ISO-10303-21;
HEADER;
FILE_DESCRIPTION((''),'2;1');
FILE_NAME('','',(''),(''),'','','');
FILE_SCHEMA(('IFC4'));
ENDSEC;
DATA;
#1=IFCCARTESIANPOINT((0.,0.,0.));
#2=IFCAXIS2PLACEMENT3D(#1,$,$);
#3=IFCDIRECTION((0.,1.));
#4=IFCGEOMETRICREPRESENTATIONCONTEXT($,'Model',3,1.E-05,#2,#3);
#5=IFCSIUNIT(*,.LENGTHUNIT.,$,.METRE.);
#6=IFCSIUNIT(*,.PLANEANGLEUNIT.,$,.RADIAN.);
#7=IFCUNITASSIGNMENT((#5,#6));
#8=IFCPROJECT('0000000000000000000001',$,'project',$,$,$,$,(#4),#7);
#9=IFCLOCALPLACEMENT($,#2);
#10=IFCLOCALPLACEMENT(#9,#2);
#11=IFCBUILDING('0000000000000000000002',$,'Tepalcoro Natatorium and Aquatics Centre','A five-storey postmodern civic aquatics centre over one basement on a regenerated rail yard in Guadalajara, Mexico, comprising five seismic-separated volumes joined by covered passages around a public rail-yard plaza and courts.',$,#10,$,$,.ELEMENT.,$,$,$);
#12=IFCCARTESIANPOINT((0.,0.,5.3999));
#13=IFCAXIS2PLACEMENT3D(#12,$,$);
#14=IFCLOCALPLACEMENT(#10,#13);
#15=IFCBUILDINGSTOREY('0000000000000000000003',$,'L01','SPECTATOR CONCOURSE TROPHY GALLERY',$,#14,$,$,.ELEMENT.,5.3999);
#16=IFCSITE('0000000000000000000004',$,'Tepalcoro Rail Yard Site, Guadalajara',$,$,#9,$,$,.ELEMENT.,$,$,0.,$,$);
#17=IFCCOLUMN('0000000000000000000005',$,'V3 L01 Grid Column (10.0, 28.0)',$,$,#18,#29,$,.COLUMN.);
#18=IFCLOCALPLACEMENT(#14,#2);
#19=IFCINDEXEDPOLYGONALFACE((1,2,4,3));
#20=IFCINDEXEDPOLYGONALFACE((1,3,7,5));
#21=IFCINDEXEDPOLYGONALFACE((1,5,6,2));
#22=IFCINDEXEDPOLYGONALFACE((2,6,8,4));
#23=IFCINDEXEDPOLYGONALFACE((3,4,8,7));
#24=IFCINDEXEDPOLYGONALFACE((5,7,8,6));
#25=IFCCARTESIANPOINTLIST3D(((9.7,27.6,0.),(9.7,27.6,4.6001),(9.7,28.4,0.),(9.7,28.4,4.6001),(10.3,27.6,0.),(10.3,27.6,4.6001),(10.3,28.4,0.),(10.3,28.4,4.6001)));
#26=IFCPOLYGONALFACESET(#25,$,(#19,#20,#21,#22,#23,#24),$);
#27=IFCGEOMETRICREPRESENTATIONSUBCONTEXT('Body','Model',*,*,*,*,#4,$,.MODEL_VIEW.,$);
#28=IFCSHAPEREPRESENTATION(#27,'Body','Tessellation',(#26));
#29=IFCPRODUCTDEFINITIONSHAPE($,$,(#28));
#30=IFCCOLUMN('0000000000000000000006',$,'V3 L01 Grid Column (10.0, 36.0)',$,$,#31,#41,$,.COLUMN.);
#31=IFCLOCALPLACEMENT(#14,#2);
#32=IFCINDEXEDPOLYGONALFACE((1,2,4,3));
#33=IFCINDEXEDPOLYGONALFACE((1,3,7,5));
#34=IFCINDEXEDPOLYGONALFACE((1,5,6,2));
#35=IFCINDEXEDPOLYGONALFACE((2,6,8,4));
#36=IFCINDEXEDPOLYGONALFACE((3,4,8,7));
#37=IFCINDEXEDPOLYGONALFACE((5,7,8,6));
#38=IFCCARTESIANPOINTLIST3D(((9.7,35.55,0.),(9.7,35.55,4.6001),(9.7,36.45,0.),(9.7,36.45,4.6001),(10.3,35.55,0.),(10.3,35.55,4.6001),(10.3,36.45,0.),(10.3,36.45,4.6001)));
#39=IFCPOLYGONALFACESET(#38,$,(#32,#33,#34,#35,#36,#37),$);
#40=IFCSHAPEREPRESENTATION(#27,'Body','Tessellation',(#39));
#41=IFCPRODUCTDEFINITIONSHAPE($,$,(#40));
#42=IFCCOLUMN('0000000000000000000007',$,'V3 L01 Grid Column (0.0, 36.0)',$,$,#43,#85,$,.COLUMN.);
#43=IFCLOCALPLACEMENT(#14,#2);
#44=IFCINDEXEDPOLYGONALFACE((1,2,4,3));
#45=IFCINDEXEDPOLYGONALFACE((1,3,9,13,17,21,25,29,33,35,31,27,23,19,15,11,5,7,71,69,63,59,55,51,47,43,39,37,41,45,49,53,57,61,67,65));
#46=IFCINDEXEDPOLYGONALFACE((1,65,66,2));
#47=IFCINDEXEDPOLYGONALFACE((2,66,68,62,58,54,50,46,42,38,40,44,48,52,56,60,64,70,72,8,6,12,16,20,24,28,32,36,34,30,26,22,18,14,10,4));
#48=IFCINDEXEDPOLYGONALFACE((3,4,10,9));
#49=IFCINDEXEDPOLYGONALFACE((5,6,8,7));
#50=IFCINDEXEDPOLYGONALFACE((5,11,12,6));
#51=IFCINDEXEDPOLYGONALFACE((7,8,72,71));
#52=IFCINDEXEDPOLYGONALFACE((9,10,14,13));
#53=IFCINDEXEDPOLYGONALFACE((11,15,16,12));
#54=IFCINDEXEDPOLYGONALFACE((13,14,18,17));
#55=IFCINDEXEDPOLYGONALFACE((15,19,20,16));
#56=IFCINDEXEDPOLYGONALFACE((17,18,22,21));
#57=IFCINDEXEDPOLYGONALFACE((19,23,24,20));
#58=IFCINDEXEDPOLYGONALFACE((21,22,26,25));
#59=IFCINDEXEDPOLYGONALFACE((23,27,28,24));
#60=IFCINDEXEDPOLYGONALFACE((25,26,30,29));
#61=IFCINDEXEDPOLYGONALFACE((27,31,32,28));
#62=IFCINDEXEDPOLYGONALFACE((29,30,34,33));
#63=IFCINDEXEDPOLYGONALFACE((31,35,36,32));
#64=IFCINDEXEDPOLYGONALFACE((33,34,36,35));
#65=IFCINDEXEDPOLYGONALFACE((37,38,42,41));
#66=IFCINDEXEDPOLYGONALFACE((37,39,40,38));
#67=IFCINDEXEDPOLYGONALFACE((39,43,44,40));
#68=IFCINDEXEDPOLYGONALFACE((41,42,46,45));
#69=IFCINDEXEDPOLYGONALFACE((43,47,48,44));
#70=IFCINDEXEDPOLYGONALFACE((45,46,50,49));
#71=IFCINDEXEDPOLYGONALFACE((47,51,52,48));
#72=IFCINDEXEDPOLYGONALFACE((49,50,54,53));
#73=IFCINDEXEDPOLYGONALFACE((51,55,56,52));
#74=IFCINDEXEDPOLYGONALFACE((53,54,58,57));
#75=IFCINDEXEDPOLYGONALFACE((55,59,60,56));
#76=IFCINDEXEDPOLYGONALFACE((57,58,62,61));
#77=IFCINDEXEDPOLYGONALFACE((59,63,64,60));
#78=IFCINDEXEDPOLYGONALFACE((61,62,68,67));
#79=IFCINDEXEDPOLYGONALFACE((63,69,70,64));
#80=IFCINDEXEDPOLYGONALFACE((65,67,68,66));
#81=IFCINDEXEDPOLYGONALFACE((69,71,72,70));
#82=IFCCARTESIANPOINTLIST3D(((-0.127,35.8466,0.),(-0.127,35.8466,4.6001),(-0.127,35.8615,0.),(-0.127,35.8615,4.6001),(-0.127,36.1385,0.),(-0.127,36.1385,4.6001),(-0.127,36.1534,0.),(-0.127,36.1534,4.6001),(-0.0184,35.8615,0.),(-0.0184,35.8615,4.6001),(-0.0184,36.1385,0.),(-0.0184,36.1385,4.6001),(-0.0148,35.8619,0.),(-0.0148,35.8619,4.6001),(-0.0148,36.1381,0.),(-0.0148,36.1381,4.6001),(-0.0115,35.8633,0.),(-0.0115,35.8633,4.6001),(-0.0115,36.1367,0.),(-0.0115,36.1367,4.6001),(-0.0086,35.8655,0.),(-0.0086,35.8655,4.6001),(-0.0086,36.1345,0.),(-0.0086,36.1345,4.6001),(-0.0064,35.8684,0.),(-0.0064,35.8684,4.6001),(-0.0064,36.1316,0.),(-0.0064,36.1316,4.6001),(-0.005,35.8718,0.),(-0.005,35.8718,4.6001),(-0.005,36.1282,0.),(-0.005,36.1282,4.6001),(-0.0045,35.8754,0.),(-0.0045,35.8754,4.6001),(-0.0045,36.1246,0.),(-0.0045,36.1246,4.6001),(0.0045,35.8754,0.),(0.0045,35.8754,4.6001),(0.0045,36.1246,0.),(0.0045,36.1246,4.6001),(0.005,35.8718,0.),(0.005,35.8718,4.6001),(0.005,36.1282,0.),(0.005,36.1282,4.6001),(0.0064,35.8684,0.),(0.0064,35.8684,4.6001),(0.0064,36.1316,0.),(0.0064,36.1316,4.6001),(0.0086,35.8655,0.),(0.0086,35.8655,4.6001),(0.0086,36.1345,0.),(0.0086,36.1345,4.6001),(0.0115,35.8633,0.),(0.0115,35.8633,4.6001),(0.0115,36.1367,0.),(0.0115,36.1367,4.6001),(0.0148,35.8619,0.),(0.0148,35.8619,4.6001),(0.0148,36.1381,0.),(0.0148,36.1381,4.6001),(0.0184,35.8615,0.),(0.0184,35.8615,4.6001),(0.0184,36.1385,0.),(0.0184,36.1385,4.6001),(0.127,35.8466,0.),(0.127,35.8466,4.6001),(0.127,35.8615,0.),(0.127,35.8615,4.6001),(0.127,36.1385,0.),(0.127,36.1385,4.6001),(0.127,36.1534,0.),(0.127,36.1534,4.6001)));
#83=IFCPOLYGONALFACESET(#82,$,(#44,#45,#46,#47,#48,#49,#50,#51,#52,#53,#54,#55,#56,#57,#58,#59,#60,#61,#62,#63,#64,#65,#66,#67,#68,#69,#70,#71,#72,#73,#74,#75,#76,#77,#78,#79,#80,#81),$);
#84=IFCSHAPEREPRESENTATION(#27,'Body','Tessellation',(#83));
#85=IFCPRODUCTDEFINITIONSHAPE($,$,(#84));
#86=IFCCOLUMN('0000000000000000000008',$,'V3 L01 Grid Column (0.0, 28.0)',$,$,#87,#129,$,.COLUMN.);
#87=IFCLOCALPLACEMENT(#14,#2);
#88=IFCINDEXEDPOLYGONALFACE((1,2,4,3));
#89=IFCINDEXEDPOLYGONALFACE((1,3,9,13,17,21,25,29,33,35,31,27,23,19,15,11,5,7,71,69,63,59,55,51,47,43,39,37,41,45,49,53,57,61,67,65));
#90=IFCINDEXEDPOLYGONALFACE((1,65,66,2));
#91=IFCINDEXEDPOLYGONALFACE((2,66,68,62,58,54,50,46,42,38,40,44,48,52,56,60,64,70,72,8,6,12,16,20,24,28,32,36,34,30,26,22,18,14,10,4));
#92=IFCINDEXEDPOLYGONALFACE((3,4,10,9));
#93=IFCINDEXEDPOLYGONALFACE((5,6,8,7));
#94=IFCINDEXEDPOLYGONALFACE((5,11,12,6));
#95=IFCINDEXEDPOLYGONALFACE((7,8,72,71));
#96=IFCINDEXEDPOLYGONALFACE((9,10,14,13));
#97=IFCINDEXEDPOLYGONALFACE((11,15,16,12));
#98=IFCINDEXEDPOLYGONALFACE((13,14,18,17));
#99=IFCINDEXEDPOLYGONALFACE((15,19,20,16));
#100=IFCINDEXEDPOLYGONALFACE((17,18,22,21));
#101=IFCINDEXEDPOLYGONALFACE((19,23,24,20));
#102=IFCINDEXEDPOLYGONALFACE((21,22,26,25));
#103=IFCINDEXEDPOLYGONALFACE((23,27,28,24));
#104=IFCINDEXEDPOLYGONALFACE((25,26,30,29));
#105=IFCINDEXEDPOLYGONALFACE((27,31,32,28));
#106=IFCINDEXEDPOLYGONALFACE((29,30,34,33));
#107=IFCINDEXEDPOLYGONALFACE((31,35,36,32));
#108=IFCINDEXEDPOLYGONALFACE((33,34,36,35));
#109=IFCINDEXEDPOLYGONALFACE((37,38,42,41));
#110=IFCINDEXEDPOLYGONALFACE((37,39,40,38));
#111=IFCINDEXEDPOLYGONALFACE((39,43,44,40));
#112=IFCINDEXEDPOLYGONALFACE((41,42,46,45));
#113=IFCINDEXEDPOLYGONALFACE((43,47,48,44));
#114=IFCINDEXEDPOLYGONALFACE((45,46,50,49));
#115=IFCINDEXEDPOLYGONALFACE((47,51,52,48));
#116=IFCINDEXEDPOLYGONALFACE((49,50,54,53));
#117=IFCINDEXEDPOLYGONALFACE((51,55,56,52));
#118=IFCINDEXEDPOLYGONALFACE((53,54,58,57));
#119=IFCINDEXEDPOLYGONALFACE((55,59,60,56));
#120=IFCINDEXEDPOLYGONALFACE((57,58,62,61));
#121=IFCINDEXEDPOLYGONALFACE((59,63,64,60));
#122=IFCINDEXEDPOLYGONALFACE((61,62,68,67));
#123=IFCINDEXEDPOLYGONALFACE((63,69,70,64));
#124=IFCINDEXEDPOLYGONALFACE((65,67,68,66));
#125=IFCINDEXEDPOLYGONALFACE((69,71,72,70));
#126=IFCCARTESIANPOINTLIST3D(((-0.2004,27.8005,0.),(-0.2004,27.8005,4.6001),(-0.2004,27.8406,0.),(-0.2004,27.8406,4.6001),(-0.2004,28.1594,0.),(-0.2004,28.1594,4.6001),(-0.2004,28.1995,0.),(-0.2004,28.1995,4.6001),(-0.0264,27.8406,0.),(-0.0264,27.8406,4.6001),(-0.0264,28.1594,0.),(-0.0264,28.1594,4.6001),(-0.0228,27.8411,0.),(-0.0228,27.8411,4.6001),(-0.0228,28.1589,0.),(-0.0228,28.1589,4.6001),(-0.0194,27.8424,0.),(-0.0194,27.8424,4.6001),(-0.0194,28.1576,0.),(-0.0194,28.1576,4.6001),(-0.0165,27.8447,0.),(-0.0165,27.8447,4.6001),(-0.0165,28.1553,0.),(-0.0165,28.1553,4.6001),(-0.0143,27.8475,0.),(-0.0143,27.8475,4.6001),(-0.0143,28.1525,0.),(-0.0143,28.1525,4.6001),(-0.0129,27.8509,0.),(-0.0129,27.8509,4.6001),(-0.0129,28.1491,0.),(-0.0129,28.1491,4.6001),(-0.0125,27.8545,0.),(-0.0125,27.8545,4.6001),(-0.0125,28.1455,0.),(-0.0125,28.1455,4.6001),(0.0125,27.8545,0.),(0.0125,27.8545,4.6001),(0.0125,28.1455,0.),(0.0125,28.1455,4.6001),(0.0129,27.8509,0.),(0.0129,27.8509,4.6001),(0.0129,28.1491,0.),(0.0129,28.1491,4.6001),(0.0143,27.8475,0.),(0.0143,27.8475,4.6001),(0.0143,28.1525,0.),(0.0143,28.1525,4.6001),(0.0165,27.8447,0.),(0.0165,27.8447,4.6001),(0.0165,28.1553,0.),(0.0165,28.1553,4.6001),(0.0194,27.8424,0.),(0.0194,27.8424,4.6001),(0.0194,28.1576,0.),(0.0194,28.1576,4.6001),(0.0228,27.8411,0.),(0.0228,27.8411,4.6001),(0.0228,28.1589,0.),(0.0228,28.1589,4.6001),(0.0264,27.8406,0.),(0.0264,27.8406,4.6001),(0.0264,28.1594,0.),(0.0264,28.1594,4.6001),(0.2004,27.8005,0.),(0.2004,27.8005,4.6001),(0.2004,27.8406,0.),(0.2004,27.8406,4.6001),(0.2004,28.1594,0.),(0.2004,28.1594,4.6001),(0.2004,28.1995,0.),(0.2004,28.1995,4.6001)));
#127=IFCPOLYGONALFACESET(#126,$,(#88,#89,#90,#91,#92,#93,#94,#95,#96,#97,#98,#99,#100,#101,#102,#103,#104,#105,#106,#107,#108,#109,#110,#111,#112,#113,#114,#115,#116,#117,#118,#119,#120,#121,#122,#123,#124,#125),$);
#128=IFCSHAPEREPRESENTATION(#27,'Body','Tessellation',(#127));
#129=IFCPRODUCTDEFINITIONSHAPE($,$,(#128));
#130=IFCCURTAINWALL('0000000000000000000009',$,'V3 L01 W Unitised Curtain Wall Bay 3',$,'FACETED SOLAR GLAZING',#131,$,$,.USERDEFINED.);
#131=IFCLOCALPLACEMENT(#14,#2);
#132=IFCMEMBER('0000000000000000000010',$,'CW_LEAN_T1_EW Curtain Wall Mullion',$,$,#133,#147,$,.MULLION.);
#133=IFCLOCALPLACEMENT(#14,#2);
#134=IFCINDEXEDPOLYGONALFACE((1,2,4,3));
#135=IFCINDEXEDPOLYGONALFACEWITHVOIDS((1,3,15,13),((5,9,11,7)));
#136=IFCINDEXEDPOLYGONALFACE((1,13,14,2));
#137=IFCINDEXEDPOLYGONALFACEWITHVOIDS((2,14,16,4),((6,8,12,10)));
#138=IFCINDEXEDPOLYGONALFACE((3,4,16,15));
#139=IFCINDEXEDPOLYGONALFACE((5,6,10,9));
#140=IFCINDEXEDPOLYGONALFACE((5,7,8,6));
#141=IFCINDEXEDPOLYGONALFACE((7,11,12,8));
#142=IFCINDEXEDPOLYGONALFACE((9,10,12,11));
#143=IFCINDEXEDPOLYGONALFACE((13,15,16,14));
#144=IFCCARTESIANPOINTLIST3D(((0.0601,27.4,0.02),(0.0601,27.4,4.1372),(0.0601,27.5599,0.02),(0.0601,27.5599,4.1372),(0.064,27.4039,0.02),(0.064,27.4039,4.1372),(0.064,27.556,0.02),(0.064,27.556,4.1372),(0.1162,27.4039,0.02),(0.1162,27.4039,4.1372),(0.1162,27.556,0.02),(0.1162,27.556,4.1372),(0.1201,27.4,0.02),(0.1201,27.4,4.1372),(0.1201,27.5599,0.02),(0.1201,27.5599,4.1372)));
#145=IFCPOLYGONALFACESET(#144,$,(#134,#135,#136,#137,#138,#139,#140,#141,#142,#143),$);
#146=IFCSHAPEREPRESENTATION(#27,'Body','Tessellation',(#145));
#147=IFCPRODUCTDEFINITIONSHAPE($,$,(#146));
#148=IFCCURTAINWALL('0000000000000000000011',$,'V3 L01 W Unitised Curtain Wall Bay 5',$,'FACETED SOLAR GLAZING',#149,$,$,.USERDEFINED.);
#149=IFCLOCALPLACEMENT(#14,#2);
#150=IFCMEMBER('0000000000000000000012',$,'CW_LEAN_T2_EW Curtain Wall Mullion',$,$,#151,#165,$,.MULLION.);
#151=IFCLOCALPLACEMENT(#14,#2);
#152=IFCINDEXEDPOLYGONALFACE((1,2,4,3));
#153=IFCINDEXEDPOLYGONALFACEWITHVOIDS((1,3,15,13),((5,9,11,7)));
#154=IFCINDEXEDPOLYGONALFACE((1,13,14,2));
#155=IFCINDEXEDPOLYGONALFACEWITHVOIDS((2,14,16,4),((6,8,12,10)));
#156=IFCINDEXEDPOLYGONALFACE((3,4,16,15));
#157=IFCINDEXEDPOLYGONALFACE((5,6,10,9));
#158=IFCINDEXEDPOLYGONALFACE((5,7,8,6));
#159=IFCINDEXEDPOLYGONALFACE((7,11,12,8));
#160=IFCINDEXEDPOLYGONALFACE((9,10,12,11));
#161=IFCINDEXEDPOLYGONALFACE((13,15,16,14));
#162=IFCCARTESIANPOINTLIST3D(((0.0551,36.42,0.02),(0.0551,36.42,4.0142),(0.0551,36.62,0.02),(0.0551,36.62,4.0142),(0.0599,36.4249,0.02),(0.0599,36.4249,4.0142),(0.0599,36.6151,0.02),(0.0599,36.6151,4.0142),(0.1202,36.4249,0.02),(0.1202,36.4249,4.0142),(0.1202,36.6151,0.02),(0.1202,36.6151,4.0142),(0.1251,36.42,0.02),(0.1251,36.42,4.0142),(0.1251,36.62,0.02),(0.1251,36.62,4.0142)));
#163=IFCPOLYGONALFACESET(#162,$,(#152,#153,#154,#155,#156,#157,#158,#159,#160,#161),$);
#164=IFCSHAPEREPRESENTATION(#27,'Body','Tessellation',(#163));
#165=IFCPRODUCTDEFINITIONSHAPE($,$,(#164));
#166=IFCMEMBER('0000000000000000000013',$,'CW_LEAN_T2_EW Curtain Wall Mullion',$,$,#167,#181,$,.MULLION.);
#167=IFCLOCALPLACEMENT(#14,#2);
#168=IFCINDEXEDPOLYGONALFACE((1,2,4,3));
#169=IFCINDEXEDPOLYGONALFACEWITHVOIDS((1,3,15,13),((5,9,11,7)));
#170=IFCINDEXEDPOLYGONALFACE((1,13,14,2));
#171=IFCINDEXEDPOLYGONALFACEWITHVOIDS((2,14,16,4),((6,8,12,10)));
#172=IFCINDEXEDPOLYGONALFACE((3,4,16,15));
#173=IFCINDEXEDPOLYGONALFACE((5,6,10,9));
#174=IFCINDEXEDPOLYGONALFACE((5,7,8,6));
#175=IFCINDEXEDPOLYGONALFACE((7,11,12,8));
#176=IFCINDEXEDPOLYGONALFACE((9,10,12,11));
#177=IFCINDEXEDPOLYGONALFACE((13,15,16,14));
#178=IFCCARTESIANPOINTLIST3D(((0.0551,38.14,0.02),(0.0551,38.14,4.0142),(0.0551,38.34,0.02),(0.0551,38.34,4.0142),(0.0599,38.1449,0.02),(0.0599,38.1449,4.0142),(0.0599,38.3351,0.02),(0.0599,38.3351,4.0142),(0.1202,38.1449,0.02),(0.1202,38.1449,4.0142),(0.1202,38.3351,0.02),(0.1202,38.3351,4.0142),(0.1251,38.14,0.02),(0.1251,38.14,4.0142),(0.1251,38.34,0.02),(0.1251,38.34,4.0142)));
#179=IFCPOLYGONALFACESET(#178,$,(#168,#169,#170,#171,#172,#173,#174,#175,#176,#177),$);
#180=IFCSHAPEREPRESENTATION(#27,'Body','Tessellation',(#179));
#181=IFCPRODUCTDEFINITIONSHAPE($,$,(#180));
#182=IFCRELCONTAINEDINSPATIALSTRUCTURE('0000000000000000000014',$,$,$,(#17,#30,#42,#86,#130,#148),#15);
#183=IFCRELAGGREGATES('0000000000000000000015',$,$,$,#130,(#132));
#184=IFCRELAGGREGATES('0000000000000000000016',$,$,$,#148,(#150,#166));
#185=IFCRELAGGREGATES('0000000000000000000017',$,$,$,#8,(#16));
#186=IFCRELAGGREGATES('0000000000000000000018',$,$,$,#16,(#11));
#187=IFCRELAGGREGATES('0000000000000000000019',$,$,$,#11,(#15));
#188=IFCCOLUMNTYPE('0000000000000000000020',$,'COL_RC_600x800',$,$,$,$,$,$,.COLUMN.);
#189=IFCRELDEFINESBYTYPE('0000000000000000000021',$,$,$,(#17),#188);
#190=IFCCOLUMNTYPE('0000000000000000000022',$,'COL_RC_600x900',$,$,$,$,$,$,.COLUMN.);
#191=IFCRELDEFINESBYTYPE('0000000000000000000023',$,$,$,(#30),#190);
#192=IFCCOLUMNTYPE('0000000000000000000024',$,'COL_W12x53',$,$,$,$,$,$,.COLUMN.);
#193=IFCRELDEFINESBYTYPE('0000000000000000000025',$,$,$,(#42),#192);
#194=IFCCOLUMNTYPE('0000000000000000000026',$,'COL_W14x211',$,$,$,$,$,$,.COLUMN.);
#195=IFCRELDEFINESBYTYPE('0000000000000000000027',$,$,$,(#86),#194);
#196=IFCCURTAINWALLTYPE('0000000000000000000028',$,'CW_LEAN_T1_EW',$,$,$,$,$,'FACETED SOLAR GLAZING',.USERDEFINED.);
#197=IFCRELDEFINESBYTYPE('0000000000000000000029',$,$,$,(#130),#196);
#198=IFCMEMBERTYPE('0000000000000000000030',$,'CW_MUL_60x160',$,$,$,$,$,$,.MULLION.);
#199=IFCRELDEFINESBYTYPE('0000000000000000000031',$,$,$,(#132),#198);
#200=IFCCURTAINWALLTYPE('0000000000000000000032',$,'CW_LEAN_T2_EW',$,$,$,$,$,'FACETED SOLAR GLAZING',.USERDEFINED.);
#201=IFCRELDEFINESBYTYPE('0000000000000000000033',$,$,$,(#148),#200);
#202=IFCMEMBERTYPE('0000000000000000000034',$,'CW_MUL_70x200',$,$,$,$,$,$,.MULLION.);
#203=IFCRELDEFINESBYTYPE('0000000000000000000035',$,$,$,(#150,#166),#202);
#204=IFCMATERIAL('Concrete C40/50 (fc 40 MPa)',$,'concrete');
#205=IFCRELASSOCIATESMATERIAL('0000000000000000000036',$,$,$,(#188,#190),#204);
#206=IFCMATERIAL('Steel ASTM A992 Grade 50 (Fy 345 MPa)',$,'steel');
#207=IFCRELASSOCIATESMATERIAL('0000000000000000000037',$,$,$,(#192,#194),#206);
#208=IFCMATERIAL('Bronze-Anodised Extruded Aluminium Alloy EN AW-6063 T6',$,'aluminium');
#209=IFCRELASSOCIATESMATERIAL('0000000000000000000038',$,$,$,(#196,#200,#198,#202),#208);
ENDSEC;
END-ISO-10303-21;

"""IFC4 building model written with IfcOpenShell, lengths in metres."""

from ifc_helpers import new_model, si_unit, direction, frame, origin, origin_2d, place, context, subcontext, project, spatial, rectangle, hollow_rectangle, i_section, extrude, material, material_profile, profile_set, type_object, element, aggregate, save


model = new_model("IFC4")

# Units and contexts
model_context = context("Model", 3, precision=1e-05, world=origin(), true_north=direction((0.0, 1.0)))
body_context = subcontext(model_context, "Body", "Model", "MODEL_VIEW")
ifc_project = project(units=[si_unit("LENGTHUNIT", "METRE"), si_unit("PLANEANGLEUNIT", "RADIAN")], contexts=[model_context])

# Site, building, storey
site_placement = place(None, origin())
site = spatial("IfcSite", under=ifc_project, at=site_placement, Name="Tepalcoro Rail Yard Site, Guadalajara", CompositionType="ELEMENT", RefElevation=0.0)
building_placement = place(site_placement, origin())
building = spatial("IfcBuilding", under=site, at=building_placement, Name="Tepalcoro Natatorium and Aquatics Centre", Description="A five-storey postmodern civic aquatics centre over one basement on a regenerated rail yard in Guadalajara, Mexico, comprising five seismic-separated volumes joined by covered passages around a public rail-yard plaza and courts.", CompositionType="ELEMENT")
storey_placement = place(building_placement, frame((0.0, 0.0, 5.3999)))
storey = spatial("IfcBuildingStorey", under=building, at=storey_placement, Name="L01", Description="SPECTATOR CONCOURSE TROPHY GALLERY", CompositionType="ELEMENT", Elevation=5.3999)

# Columns
ifc_material_1 = material(Name="Concrete C40/50 (fc 40 MPa)", Category="concrete")
ifc_material_profile_1 = material_profile(ifc_material_1, rectangle(XDim=0.6001, YDim=0.8, at=origin_2d()), Name="RC600x800")
ifc_profile_set_1 = profile_set([ifc_material_profile_1], Name="Concrete C40/50 (fc 40 MPa)")
column_type_1 = type_object("IfcColumnType", Name="COL_RC_600x800", PredefinedType="COLUMN", material=ifc_profile_set_1)
column_1_placement = place(storey_placement, frame((10.0, 28.0, 0.0), z_axis=(0.0, 0.0, 1.0), x_axis=(1.0, 0.0, 0.0)))
element("IfcColumn", 1, at=column_1_placement, inside=storey, type_object=column_type_1, Name="V3 L01 Grid Column (10.0, 28.0)", PredefinedType="COLUMN", context=body_context, shape_type="SweptSolid", body=[
    extrude(rectangle(XDim=0.6001, YDim=0.8, at=origin_2d()), origin(), (0.0, 0.0, 1.0), 4.6001),
])
ifc_material_profile_2 = material_profile(ifc_material_1, rectangle(XDim=0.6001, YDim=0.8999, at=origin_2d()), Name="RC600x900")
ifc_profile_set_2 = profile_set([ifc_material_profile_2], Name="Concrete C40/50 (fc 40 MPa)")
column_type_2 = type_object("IfcColumnType", Name="COL_RC_600x900", PredefinedType="COLUMN", material=ifc_profile_set_2)
column_2_placement = place(storey_placement, frame((10.0, 36.0, 0.0), z_axis=(0.0, 0.0, 1.0), x_axis=(1.0, 0.0, 0.0)))
element("IfcColumn", 2, at=column_2_placement, inside=storey, type_object=column_type_2, Name="V3 L01 Grid Column (10.0, 36.0)", PredefinedType="COLUMN", context=body_context, shape_type="SweptSolid", body=[
    extrude(rectangle(XDim=0.6001, YDim=0.8999, at=origin_2d()), origin(), (0.0, 0.0, 1.0), 4.6001),
])
ifc_material_2 = material(Name="Steel ASTM A992 Grade 50 (Fy 345 MPa)", Category="steel")
ifc_material_profile_3 = material_profile(ifc_material_2, i_section(OverallWidth=0.2539, OverallDepth=0.3069, WebThickness=0.009, FlangeThickness=0.0149, FilletRadius=0.0139, at=origin_2d()), Name="W12X53")
ifc_profile_set_3 = profile_set([ifc_material_profile_3], Name="Steel ASTM A992 Grade 50 (Fy 345 MPa)")
column_type_3 = type_object("IfcColumnType", Name="COL_W12x53", PredefinedType="COLUMN", material=ifc_profile_set_3)
column_3_placement = place(storey_placement, frame((0.0, 36.0, 0.0), z_axis=(0.0, 0.0, 1.0), x_axis=(1.0, 0.0, 0.0)))
element("IfcColumn", 3, at=column_3_placement, inside=storey, type_object=column_type_3, Name="V3 L01 Grid Column (0.0, 36.0)", PredefinedType="COLUMN", context=body_context, shape_type="SweptSolid", body=[
    extrude(i_section(OverallWidth=0.2539, OverallDepth=0.3069, WebThickness=0.009, FlangeThickness=0.0149, FilletRadius=0.0139, at=origin_2d()), origin(), (0.0, 0.0, 1.0), 4.6001),
])
ifc_material_profile_4 = material_profile(ifc_material_2, i_section(OverallWidth=0.4009, OverallDepth=0.3989, WebThickness=0.0249, FlangeThickness=0.04, FilletRadius=0.0139, at=origin_2d()), Name="W14X211")
ifc_profile_set_4 = profile_set([ifc_material_profile_4], Name="Steel ASTM A992 Grade 50 (Fy 345 MPa)")
column_type_4 = type_object("IfcColumnType", Name="COL_W14x211", PredefinedType="COLUMN", material=ifc_profile_set_4)
column_4_placement = place(storey_placement, frame((0.0, 28.0, 0.0), z_axis=(0.0, 0.0, 1.0), x_axis=(1.0, 0.0, 0.0)))
element("IfcColumn", 4, at=column_4_placement, inside=storey, type_object=column_type_4, Name="V3 L01 Grid Column (0.0, 28.0)", PredefinedType="COLUMN", context=body_context, shape_type="SweptSolid", body=[
    extrude(i_section(OverallWidth=0.4009, OverallDepth=0.3989, WebThickness=0.0249, FlangeThickness=0.04, FilletRadius=0.0139, at=origin_2d()), origin(), (0.0, 0.0, 1.0), 4.6001),
])

# Curtain wall, member
ifc_material_3 = material(Name="Bronze-Anodised Extruded Aluminium Alloy EN AW-6063 T6", Category="aluminium")
curtain_wall_type_1 = type_object("IfcCurtainWallType", Name="CW_LEAN_T1_EW", ElementType="FACETED SOLAR GLAZING", PredefinedType="USERDEFINED", material=ifc_material_3)
curtain_wall_1_placement = place(storey_placement, origin())
curtain_wall_1 = element("IfcCurtainWall", 5, at=curtain_wall_1_placement, inside=storey, type_object=curtain_wall_type_1, Name="V3 L01 W Unitised Curtain Wall Bay 3", ObjectType="FACETED SOLAR GLAZING", PredefinedType="USERDEFINED")
ifc_material_profile_5 = material_profile(ifc_material_3, hollow_rectangle(XDim=0.0601, YDim=0.1599, WallThickness=0.0039, at=origin_2d()), Name="AL60X160X4")
ifc_profile_set_5 = profile_set([ifc_material_profile_5], Name="Bronze-Anodised Extruded Aluminium Alloy EN AW-6063 T6")
member_type_1 = type_object("IfcMemberType", Name="CW_MUL_60x160", PredefinedType="MULLION", material=ifc_profile_set_5)
member_1_placement = place(storey_placement, frame((0.0901, 27.48, 0.02), z_axis=(0.0, 0.0, 1.0), x_axis=(1.0, 0.0, 0.0)))
member_1 = element("IfcMember", 6, at=member_1_placement, type_object=member_type_1, Name="CW_LEAN_T1_EW Curtain Wall Mullion", PredefinedType="MULLION", context=body_context, shape_type="SweptSolid", body=[
    extrude(hollow_rectangle(XDim=0.0601, YDim=0.1599, WallThickness=0.0039, at=origin_2d()), origin(), (0.0, 0.0, 1.0), 4.1172),
])

# Curtain wall, members
curtain_wall_type_2 = type_object("IfcCurtainWallType", Name="CW_LEAN_T2_EW", ElementType="FACETED SOLAR GLAZING", PredefinedType="USERDEFINED", material=ifc_material_3)
curtain_wall_2_placement = place(storey_placement, origin())
curtain_wall_2 = element("IfcCurtainWall", 7, at=curtain_wall_2_placement, inside=storey, type_object=curtain_wall_type_2, Name="V3 L01 W Unitised Curtain Wall Bay 5", ObjectType="FACETED SOLAR GLAZING", PredefinedType="USERDEFINED")
ifc_material_profile_6 = material_profile(ifc_material_3, hollow_rectangle(XDim=0.0701, YDim=0.2, WallThickness=0.0049, at=origin_2d()), Name="AL70X200X5")
ifc_profile_set_6 = profile_set([ifc_material_profile_6], Name="Bronze-Anodised Extruded Aluminium Alloy EN AW-6063 T6")
member_type_2 = type_object("IfcMemberType", Name="CW_MUL_70x200", PredefinedType="MULLION", material=ifc_profile_set_6)
member_2_placement = place(storey_placement, frame((0.0901, 36.52, 0.02), z_axis=(0.0, 0.0, 1.0), x_axis=(1.0, 0.0, 0.0)))
member_2 = element("IfcMember", 8, at=member_2_placement, type_object=member_type_2, Name="CW_LEAN_T2_EW Curtain Wall Mullion", PredefinedType="MULLION", context=body_context, shape_type="SweptSolid", body=[
    extrude(hollow_rectangle(XDim=0.0701, YDim=0.2, WallThickness=0.0049, at=origin_2d()), origin(), (0.0, 0.0, 1.0), 3.9941),
])
member_3_placement = place(storey_placement, frame((0.0901, 38.24, 0.02), z_axis=(0.0, 0.0, 1.0), x_axis=(1.0, 0.0, 0.0)))
member_3 = element("IfcMember", 9, at=member_3_placement, type_object=member_type_2, Name="CW_LEAN_T2_EW Curtain Wall Mullion", PredefinedType="MULLION", context=body_context, shape_type="SweptSolid", body=[
    extrude(hollow_rectangle(XDim=0.0701, YDim=0.2, WallThickness=0.0049, at=origin_2d()), origin(), (0.0, 0.0, 1.0), 3.9941),
])

aggregate(curtain_wall_1, [member_1])
aggregate(curtain_wall_2, [member_2, member_3])

save(model, "model.ifc")
